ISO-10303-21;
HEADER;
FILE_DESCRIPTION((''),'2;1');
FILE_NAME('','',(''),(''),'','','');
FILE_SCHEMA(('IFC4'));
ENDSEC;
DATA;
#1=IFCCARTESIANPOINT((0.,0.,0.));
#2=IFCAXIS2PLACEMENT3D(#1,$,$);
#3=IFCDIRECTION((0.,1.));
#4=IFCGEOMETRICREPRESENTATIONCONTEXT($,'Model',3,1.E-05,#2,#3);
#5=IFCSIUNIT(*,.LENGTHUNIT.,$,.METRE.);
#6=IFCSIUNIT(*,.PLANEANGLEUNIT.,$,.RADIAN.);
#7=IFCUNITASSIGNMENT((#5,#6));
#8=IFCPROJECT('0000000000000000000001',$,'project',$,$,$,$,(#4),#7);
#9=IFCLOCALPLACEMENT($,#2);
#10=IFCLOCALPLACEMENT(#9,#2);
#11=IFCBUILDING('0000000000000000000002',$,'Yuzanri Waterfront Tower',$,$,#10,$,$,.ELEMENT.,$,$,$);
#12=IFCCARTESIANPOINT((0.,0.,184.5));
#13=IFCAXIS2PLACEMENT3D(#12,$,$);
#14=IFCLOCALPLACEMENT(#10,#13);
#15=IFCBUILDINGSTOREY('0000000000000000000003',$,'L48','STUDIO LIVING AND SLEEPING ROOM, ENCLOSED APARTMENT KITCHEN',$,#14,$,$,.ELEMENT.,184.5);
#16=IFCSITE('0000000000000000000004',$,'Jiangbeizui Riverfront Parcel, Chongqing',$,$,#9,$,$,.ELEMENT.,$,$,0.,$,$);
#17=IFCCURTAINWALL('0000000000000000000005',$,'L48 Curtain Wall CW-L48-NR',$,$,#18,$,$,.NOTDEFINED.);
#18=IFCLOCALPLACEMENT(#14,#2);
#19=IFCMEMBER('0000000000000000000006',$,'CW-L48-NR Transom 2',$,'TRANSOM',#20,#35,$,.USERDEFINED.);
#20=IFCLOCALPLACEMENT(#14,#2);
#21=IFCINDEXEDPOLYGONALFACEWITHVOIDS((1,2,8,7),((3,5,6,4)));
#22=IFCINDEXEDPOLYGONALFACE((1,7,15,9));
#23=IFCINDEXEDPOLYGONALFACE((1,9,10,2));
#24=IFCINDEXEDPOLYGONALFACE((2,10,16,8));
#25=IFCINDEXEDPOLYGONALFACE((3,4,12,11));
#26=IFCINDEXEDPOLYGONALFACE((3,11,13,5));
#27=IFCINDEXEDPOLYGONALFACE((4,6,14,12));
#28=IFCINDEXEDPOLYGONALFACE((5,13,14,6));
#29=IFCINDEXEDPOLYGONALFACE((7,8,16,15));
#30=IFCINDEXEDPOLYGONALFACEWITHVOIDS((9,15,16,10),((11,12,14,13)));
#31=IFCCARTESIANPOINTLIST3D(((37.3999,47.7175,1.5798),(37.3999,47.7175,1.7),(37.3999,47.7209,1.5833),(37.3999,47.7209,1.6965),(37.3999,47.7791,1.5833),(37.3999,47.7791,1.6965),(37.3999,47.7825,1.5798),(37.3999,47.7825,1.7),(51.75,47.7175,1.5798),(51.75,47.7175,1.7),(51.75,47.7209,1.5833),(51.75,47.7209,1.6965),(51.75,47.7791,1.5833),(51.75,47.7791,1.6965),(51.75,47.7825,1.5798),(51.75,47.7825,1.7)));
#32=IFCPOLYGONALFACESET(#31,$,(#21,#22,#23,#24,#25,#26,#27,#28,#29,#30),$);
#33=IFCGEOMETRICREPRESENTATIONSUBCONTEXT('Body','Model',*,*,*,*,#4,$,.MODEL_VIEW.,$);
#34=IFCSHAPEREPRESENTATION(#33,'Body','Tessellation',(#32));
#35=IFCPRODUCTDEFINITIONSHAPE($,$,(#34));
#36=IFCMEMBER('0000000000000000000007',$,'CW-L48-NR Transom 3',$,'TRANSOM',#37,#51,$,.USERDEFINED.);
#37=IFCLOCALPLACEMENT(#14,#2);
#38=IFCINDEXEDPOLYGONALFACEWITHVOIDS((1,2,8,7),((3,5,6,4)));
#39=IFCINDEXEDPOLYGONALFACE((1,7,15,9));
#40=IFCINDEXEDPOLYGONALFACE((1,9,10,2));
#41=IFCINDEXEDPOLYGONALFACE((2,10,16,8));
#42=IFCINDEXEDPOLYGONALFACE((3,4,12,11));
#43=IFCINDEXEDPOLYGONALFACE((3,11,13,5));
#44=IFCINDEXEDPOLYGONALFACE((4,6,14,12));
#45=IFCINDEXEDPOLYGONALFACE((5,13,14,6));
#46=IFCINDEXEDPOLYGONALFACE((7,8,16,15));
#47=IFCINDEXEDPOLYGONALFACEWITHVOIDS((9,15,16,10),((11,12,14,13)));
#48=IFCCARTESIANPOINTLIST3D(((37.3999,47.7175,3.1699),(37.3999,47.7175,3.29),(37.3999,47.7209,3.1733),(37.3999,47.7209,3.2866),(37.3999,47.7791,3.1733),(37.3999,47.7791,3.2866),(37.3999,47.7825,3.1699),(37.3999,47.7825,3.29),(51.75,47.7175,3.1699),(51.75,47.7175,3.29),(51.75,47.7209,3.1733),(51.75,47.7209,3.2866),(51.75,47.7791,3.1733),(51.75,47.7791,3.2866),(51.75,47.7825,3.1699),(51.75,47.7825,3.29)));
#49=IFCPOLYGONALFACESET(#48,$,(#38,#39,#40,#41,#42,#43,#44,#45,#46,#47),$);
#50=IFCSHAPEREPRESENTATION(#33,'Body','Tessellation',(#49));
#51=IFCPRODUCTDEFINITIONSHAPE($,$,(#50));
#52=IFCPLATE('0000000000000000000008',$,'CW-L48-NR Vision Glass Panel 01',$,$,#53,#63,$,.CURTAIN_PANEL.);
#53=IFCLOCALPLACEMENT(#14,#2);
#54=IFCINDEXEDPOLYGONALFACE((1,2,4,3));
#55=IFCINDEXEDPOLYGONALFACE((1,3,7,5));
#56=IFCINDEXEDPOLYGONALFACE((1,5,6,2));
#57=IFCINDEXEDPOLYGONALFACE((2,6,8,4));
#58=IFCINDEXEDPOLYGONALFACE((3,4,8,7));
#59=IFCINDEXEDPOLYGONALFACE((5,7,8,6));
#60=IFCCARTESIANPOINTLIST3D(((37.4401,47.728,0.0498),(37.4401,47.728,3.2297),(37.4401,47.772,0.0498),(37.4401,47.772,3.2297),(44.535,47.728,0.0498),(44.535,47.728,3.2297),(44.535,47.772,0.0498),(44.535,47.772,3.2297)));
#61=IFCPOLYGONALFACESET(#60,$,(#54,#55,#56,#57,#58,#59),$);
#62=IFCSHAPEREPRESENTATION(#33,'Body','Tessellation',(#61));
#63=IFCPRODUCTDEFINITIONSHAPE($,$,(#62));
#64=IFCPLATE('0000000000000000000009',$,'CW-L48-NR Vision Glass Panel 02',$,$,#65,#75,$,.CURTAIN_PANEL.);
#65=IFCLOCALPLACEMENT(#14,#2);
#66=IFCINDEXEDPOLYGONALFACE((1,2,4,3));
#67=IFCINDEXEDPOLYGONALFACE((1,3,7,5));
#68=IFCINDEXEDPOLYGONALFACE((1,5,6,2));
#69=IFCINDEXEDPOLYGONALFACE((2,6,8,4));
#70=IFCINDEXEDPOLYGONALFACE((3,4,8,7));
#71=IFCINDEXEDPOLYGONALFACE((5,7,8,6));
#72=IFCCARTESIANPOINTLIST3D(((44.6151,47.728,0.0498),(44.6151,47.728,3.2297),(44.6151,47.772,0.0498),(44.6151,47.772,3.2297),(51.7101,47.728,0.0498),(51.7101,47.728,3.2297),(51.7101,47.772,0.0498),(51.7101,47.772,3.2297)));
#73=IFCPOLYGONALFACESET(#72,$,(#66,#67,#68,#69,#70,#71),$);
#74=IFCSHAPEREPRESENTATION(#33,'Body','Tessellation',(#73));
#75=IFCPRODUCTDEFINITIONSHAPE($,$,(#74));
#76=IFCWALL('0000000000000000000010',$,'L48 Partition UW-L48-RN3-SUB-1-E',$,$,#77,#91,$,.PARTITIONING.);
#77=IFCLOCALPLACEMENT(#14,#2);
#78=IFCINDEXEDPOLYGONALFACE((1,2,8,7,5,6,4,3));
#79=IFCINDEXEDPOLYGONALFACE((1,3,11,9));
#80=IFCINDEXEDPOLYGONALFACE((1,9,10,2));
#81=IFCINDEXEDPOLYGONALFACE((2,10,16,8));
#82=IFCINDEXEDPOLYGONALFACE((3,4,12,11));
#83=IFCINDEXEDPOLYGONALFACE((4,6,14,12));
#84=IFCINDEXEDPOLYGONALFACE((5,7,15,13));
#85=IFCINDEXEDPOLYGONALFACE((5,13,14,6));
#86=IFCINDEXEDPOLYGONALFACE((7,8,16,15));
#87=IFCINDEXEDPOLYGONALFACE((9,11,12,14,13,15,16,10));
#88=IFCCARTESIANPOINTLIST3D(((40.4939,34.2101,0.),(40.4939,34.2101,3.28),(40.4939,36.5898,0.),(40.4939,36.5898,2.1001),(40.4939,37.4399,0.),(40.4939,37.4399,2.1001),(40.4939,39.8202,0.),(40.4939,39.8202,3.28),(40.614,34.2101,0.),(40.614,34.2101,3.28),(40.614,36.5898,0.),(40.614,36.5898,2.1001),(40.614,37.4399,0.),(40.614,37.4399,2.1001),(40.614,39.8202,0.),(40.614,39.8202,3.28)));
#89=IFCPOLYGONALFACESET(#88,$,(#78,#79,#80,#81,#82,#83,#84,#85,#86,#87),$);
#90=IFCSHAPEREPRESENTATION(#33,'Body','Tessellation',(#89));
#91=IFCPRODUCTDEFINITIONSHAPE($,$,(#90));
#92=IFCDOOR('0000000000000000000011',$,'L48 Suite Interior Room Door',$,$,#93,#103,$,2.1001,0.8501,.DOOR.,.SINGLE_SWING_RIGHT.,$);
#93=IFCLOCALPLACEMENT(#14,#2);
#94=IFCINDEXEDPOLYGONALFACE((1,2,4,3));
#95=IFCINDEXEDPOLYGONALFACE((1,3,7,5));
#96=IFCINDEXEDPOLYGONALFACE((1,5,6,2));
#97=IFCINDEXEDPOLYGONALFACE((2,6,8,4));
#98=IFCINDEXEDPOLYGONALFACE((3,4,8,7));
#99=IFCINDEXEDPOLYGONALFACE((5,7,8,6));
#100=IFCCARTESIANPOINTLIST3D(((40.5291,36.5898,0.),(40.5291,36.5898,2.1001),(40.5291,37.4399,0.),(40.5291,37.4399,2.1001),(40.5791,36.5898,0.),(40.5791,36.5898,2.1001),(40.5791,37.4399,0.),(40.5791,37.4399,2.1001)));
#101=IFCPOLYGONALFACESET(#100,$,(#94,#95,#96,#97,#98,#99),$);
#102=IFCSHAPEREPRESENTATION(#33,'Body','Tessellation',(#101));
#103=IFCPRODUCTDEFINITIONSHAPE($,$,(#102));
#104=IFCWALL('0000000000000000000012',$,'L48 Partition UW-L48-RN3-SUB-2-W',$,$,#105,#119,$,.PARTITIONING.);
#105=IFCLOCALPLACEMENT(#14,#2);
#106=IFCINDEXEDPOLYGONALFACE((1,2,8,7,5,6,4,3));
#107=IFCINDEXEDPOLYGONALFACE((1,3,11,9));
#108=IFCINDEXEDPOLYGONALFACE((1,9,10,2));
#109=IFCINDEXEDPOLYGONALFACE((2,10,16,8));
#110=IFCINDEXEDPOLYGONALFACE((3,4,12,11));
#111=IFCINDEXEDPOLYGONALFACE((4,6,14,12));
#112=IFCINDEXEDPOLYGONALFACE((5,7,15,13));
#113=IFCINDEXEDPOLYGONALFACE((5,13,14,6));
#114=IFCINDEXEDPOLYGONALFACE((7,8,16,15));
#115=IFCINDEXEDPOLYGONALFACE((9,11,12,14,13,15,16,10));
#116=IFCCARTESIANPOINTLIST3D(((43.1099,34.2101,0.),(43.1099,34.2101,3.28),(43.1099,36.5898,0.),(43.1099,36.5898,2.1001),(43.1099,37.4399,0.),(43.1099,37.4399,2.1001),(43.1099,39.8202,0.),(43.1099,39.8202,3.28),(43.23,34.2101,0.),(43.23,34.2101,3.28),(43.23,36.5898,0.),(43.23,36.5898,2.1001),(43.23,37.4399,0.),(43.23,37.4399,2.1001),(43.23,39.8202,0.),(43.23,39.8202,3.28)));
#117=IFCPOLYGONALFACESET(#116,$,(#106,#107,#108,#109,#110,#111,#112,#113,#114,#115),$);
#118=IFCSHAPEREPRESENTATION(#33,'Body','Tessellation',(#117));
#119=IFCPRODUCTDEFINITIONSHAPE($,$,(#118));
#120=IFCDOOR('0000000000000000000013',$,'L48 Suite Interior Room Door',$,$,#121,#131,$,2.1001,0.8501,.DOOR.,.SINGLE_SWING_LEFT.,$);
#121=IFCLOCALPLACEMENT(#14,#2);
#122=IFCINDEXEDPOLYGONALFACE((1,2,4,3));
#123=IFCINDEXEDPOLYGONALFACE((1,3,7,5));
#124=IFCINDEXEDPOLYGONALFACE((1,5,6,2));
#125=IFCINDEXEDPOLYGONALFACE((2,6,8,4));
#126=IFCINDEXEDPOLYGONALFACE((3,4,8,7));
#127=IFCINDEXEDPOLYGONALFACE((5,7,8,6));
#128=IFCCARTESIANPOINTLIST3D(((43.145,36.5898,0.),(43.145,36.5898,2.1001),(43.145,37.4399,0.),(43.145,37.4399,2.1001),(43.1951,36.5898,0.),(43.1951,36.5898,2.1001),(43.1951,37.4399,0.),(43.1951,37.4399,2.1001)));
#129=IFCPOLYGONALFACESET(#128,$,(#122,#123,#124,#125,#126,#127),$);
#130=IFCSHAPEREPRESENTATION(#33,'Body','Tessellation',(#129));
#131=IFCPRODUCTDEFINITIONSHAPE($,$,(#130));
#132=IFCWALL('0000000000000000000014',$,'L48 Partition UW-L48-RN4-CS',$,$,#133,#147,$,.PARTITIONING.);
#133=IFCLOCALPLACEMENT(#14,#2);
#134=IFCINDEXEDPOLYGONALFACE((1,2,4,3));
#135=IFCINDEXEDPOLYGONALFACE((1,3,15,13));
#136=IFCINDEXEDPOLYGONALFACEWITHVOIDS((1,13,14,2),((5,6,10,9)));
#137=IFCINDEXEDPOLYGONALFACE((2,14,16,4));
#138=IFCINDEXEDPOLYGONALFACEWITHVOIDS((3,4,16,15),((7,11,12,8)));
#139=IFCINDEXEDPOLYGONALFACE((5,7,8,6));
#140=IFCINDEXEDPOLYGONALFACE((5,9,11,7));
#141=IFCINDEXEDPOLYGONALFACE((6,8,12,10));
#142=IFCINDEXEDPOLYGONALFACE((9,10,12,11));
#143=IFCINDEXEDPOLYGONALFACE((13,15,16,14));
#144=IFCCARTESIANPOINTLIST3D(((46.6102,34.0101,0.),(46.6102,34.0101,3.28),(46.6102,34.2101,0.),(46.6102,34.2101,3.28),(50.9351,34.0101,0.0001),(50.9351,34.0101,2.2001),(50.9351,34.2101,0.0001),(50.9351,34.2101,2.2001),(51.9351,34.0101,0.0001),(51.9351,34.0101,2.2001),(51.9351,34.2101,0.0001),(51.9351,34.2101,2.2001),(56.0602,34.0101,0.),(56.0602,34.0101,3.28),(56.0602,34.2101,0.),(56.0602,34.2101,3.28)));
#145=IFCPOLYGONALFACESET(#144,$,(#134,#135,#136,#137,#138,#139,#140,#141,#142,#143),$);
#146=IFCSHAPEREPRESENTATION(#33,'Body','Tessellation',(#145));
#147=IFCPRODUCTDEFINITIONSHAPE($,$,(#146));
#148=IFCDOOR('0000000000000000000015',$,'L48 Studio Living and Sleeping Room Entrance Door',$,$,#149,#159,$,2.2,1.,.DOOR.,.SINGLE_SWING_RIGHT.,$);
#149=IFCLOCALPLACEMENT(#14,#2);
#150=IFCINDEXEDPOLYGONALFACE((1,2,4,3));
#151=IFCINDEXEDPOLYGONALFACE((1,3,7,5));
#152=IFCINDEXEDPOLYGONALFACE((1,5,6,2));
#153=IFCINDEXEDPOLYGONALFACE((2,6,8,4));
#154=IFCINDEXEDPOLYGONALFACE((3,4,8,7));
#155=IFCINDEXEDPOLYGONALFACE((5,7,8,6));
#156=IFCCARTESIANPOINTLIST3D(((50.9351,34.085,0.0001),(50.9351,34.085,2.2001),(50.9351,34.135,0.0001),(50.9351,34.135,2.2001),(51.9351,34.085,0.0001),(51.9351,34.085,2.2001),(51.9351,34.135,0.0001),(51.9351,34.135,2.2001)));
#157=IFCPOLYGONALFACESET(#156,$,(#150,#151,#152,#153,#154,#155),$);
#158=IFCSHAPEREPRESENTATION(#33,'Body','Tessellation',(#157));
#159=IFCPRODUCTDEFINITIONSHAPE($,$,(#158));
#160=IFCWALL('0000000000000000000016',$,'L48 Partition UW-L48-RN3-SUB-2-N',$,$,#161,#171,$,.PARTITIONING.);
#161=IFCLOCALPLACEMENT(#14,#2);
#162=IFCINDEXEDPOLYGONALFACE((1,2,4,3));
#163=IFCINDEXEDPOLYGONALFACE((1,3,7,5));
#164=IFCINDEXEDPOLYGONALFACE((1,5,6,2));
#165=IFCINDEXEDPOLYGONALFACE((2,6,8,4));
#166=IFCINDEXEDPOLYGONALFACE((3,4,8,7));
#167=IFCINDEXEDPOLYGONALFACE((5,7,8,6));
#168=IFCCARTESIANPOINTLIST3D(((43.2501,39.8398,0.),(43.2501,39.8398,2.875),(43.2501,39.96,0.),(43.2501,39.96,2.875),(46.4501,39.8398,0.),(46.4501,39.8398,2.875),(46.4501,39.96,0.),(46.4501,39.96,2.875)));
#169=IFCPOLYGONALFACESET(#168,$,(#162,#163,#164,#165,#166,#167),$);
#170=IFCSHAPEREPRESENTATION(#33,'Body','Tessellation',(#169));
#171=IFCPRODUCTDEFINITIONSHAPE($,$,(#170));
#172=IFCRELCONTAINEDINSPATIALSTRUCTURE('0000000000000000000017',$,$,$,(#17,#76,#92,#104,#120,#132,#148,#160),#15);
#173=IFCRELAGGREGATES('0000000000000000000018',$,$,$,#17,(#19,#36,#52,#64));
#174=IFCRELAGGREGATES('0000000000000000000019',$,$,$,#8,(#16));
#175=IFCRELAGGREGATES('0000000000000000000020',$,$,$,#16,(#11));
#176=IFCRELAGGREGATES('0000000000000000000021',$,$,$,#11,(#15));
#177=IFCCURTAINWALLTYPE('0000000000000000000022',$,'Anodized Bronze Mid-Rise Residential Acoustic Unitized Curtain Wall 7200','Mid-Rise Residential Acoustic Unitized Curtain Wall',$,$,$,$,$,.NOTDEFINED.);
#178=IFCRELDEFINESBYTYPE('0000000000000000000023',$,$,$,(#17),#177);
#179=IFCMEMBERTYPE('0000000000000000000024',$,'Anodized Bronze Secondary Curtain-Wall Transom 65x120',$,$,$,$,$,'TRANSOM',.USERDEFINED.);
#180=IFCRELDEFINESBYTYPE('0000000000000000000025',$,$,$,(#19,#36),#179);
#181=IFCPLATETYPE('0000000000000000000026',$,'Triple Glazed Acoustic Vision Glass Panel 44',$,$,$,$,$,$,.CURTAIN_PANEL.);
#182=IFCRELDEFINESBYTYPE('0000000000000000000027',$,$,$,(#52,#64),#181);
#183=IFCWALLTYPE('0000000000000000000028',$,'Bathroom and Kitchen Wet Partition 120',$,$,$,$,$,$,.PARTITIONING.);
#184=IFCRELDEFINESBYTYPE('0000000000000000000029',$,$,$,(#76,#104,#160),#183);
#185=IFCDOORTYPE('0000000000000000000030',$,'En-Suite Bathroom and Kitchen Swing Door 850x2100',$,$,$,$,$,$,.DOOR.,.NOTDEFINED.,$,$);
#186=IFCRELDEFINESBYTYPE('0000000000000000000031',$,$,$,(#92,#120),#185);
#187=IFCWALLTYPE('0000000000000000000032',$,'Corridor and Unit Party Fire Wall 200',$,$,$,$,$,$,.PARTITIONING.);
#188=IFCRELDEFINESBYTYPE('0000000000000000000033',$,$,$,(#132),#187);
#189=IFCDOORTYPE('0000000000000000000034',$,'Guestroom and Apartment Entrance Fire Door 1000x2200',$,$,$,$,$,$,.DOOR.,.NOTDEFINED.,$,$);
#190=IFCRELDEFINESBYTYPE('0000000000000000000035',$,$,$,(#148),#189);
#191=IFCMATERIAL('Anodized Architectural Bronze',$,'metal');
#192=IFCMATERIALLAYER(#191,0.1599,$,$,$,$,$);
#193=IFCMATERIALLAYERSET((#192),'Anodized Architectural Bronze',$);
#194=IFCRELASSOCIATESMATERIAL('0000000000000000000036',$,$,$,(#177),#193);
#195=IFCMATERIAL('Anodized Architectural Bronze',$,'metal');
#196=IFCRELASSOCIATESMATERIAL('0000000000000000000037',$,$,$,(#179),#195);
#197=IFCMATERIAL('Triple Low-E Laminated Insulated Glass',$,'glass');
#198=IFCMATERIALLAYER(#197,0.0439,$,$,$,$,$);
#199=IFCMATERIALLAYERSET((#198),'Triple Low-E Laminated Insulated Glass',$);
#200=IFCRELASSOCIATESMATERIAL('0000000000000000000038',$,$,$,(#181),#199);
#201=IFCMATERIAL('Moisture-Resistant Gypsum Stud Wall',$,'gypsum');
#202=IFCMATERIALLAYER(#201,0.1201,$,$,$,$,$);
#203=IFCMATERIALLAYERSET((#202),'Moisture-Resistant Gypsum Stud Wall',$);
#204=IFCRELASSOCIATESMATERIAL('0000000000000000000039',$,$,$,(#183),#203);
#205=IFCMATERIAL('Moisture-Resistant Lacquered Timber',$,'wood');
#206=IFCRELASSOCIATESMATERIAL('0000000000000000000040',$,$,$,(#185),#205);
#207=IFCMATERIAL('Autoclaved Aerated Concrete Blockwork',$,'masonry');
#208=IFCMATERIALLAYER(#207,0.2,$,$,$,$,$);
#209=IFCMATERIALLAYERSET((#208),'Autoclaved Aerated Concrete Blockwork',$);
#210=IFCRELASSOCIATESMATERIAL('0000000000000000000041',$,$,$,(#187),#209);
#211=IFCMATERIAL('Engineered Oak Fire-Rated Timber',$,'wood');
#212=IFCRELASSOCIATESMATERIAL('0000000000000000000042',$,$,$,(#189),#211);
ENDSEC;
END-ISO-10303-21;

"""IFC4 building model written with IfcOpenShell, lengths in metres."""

from ifc_helpers import new_model, si_unit, direction, frame, frame_2d, origin, origin_2d, place, context, subcontext, project, spatial, rectangle, hollow_rectangle, extrude, source, transform, mapped, material, layer, layer_set, material_profile, profile_set, type_object, element, fill, aggregate, save


model = new_model("IFC4")

# Units and contexts
model_context = context("Model", 3, precision=1e-05, world=origin(), true_north=direction((0.0, 1.0)))
body_context = subcontext(model_context, "Body", "Model", "MODEL_VIEW")
ifc_project = project(units=[si_unit("LENGTHUNIT", "METRE"), si_unit("PLANEANGLEUNIT", "RADIAN")], contexts=[model_context])

# Site, building, storey
site_placement = place(None, origin())
site = spatial("IfcSite", under=ifc_project, at=site_placement, Name="Jiangbeizui Riverfront Parcel, Chongqing", CompositionType="ELEMENT", RefElevation=0.0)
building_placement = place(site_placement, origin())
building = spatial("IfcBuilding", under=site, at=building_placement, Name="Yuzanri Waterfront Tower", CompositionType="ELEMENT")
storey_placement = place(building_placement, frame((0.0, 0.0, 184.5)))
storey = spatial("IfcBuildingStorey", under=building, at=storey_placement, Name="L48", Description="STUDIO LIVING AND SLEEPING ROOM, ENCLOSED APARTMENT KITCHEN", CompositionType="ELEMENT", Elevation=184.5)

# Shared definitions
ifc_material_1 = material(Name="Anodized Architectural Bronze", Category="metal")
ifc_layer_1 = layer(ifc_material_1, 0.1599)
ifc_layer_set_1 = layer_set([ifc_layer_1], Name="Anodized Architectural Bronze")
curtain_wall_type = type_object("IfcCurtainWallType", Name="Anodized Bronze Mid-Rise Residential Acoustic Unitized Curtain Wall 7200", Description="Mid-Rise Residential Acoustic Unitized Curtain Wall", PredefinedType="NOTDEFINED", material=ifc_layer_set_1)

# Curtain wall, members, plates
curtain_wall_1_placement = place(storey_placement, origin())
curtain_wall_1 = element("IfcCurtainWall", 1, at=curtain_wall_1_placement, inside=storey, type_object=curtain_wall_type, Name="L48 Curtain Wall CW-L48-NR", PredefinedType="NOTDEFINED")
ifc_material_2 = material(Name="Anodized Architectural Bronze", Category="metal")
ifc_material_profile_1 = material_profile(ifc_material_2, hollow_rectangle(XDim=0.0649, YDim=0.1201, WallThickness=0.0034, at=origin_2d()), Name="CWT 65x120")
ifc_profile_set_1 = profile_set([ifc_material_profile_1], Name="Anodized Architectural Bronze")
member_type_1 = type_object("IfcMemberType", Name="Anodized Bronze Secondary Curtain-Wall Transom 65x120", ElementType="TRANSOM", PredefinedType="USERDEFINED", material=ifc_profile_set_1)
shared_shape_1 = source(origin(), body_context, "Body", "SweptSolid", [
    extrude(hollow_rectangle(XDim=0.0649, YDim=0.1201, WallThickness=0.0034, at=origin_2d()), origin(), (0.0, 0.0, 1.0), 14.3501),
])
member_1_placement = place(storey_placement, frame((37.3999, 47.75, 1.6399), z_axis=(1.0, 0.0, 0.0), x_axis=(0.0, 1.0, 0.0)))
member_1 = element("IfcMember", 2, at=member_1_placement, type_object=member_type_1, Name="CW-L48-NR Transom 2", ObjectType="TRANSOM", PredefinedType="USERDEFINED", context=body_context, shape_type="MappedRepresentation", body=[
    mapped(shared_shape_1, transform((0.0, 0.0, 0.0), scale=1.0)),
])
member_2_placement = place(storey_placement, frame((37.3999, 47.75, 3.23), z_axis=(1.0, 0.0, 0.0), x_axis=(0.0, 1.0, 0.0)))
member_2 = element("IfcMember", 3, at=member_2_placement, type_object=member_type_1, Name="CW-L48-NR Transom 3", ObjectType="TRANSOM", PredefinedType="USERDEFINED", context=body_context, shape_type="MappedRepresentation", body=[
    mapped(shared_shape_1, transform((0.0, 0.0, 0.0), scale=1.0)),
])
ifc_material_3 = material(Name="Triple Low-E Laminated Insulated Glass", Category="glass")
ifc_layer_2 = layer(ifc_material_3, 0.0439)
ifc_layer_set_2 = layer_set([ifc_layer_2], Name="Triple Low-E Laminated Insulated Glass")
plate_type = type_object("IfcPlateType", Name="Triple Glazed Acoustic Vision Glass Panel 44", PredefinedType="CURTAIN_PANEL", material=ifc_layer_set_2)
shared_shape_2 = source(origin(), body_context, "Body", "SweptSolid", [
    extrude(rectangle(XDim=7.095, YDim=0.0439, at=origin_2d()), origin(), (0.0, 0.0, 1.0), 3.1799),
])
plate_1_placement = place(storey_placement, frame((40.9875, 47.75, 0.0498), z_axis=(0.0, 0.0, 1.0), x_axis=(1.0, 0.0, 0.0)))
plate_1 = element("IfcPlate", 4, at=plate_1_placement, type_object=plate_type, Name="CW-L48-NR Vision Glass Panel 01", PredefinedType="CURTAIN_PANEL", context=body_context, shape_type="MappedRepresentation", body=[
    mapped(shared_shape_2, transform((0.0, 0.0, 0.0), scale=1.0)),
])
plate_2_placement = place(storey_placement, frame((48.1626, 47.75, 0.0498), z_axis=(0.0, 0.0, 1.0), x_axis=(1.0, 0.0, 0.0)))
plate_2 = element("IfcPlate", 5, at=plate_2_placement, type_object=plate_type, Name="CW-L48-NR Vision Glass Panel 02", PredefinedType="CURTAIN_PANEL", context=body_context, shape_type="MappedRepresentation", body=[
    mapped(shared_shape_2, transform((0.0, 0.0, 0.0), scale=1.0)),
])
aggregate(curtain_wall_1, [member_1, member_2, plate_1, plate_2])

# Walls, openings, doors
ifc_material_4 = material(Name="Moisture-Resistant Gypsum Stud Wall", Category="gypsum")
ifc_layer_3 = layer(ifc_material_4, 0.1201)
ifc_layer_set_3 = layer_set([ifc_layer_3], Name="Moisture-Resistant Gypsum Stud Wall")
wall_type_1 = type_object("IfcWallType", Name="Bathroom and Kitchen Wet Partition 120", PredefinedType="PARTITIONING", material=ifc_layer_set_3)
wall_1_placement = place(storey_placement, frame((40.554, 34.21, 0.0), z_axis=(0.0, 0.0, 1.0), x_axis=(0.0, 1.0, 0.0)))
wall_1 = element("IfcWall", 6, at=wall_1_placement, inside=storey, type_object=wall_type_1, Name="L48 Partition UW-L48-RN3-SUB-1-E", PredefinedType="PARTITIONING", context=body_context, shape_type="SweptSolid", body=[
    extrude(rectangle(XDim=5.6101, YDim=0.1201, at=frame_2d((2.8052, 0.0))), origin(), (0.0, 0.0, 1.0), 3.28),
])
opening_1_placement = place(wall_1_placement, frame((2.3799, 0.0, 0.0)))
opening_1 = element("IfcOpeningElement", 7, at=opening_1_placement, cuts=wall_1, PredefinedType="OPENING", context=body_context, shape_type="SweptSolid", body=[
    extrude(rectangle(XDim=0.8501, YDim=2.1001, at=frame_2d((0.425, 1.05))), frame((0.0, 0.075, 0.0), z_axis=(0.0, -1.0, 0.0), x_axis=(1.0, 0.0, 0.0)), (0.0, 0.0, 1.0), 0.1499),
])
ifc_material_5 = material(Name="Moisture-Resistant Lacquered Timber", Category="wood")
door_type_1 = type_object("IfcDoorType", Name="En-Suite Bathroom and Kitchen Swing Door 850x2100", OperationType="NOTDEFINED", PredefinedType="DOOR", material=ifc_material_5)
shared_shape_3 = source(origin(), body_context, "Body", "SweptSolid", [
    extrude(rectangle(XDim=0.8501, YDim=2.1001, at=frame_2d((0.425, 1.05))), frame((0.0, 0.0249, 0.0), z_axis=(0.0, -1.0, 0.0), x_axis=(1.0, 0.0, 0.0)), (0.0, 0.0, 1.0), 0.05),
])
door_1_placement = place(opening_1_placement, origin())
door_1 = element("IfcDoor", 8, at=door_1_placement, inside=storey, type_object=door_type_1, Name="L48 Suite Interior Room Door", OperationType="SINGLE_SWING_RIGHT", OverallHeight=2.1001, OverallWidth=0.8501, PredefinedType="DOOR", context=body_context, shape_type="MappedRepresentation", body=[
    mapped(shared_shape_3, transform((0.0, 0.0, 0.0), scale=1.0)),
])
fill(opening_1, door_1)
wall_2_placement = place(storey_placement, frame((43.1699, 34.21, 0.0), z_axis=(0.0, 0.0, 1.0), x_axis=(0.0, 1.0, 0.0)))
wall_2 = element("IfcWall", 9, at=wall_2_placement, inside=storey, type_object=wall_type_1, Name="L48 Partition UW-L48-RN3-SUB-2-W", PredefinedType="PARTITIONING", context=body_context, shape_type="SweptSolid", body=[
    extrude(rectangle(XDim=5.6101, YDim=0.1201, at=frame_2d((2.8052, 0.0))), origin(), (0.0, 0.0, 1.0), 3.28),
])
opening_2_placement = place(wall_2_placement, frame((2.3799, 0.0, 0.0)))
opening_2 = element("IfcOpeningElement", 10, at=opening_2_placement, cuts=wall_2, PredefinedType="OPENING", context=body_context, shape_type="SweptSolid", body=[
    extrude(rectangle(XDim=0.8501, YDim=2.1001, at=frame_2d((0.425, 1.05))), frame((0.0, 0.075, 0.0), z_axis=(0.0, -1.0, 0.0), x_axis=(1.0, 0.0, 0.0)), (0.0, 0.0, 1.0), 0.1499),
])
door_2_placement = place(opening_2_placement, origin())
door_2 = element("IfcDoor", 11, at=door_2_placement, inside=storey, type_object=door_type_1, Name="L48 Suite Interior Room Door", OperationType="SINGLE_SWING_LEFT", OverallHeight=2.1001, OverallWidth=0.8501, PredefinedType="DOOR", context=body_context, shape_type="MappedRepresentation", body=[
    mapped(shared_shape_3, transform((0.0, 0.0, 0.0), scale=1.0)),
])
fill(opening_2, door_2)
ifc_material_6 = material(Name="Autoclaved Aerated Concrete Blockwork", Category="masonry")
ifc_layer_4 = layer(ifc_material_6, 0.2)
ifc_layer_set_4 = layer_set([ifc_layer_4], Name="Autoclaved Aerated Concrete Blockwork")
wall_type_2 = type_object("IfcWallType", Name="Corridor and Unit Party Fire Wall 200", PredefinedType="PARTITIONING", material=ifc_layer_set_4)
wall_3_placement = place(storey_placement, frame((46.6101, 34.1101, 0.0), z_axis=(0.0, 0.0, 1.0), x_axis=(1.0, 0.0, 0.0)))
wall_3 = element("IfcWall", 12, at=wall_3_placement, inside=storey, type_object=wall_type_2, Name="L48 Partition UW-L48-RN4-CS", PredefinedType="PARTITIONING", context=body_context, shape_type="SweptSolid", body=[
    extrude(rectangle(XDim=9.45, YDim=0.2, at=frame_2d((4.7251, 0.0))), origin(), (0.0, 0.0, 1.0), 3.28),
])
opening_3_placement = place(wall_3_placement, frame((4.325, 0.0, 0.0)))
opening_3 = element("IfcOpeningElement", 13, at=opening_3_placement, cuts=wall_3, PredefinedType="OPENING", context=body_context, shape_type="SweptSolid", body=[
    extrude(rectangle(XDim=1.0, YDim=2.2, at=frame_2d((0.5, 1.1001))), frame((0.0, 0.1147, 0.0), z_axis=(0.0, -1.0, 0.0), x_axis=(1.0, 0.0, 0.0)), (0.0, 0.0, 1.0), 0.2297),
])
ifc_material_7 = material(Name="Engineered Oak Fire-Rated Timber", Category="wood")
door_type_2 = type_object("IfcDoorType", Name="Guestroom and Apartment Entrance Fire Door 1000x2200", OperationType="NOTDEFINED", PredefinedType="DOOR", material=ifc_material_7)
shared_shape_4 = source(origin(), body_context, "Body", "SweptSolid", [
    extrude(rectangle(XDim=1.0, YDim=2.2, at=frame_2d((0.5, 1.1001))), frame((0.0, 0.0249, 0.0), z_axis=(0.0, -1.0, 0.0), x_axis=(1.0, 0.0, 0.0)), (0.0, 0.0, 1.0), 0.05),
])
door_3_placement = place(opening_3_placement, origin())
door_3 = element("IfcDoor", 14, at=door_3_placement, inside=storey, type_object=door_type_2, Name="L48 Studio Living and Sleeping Room Entrance Door", OperationType="SINGLE_SWING_RIGHT", OverallHeight=2.2, OverallWidth=1.0, PredefinedType="DOOR", context=body_context, shape_type="MappedRepresentation", body=[
    mapped(shared_shape_4, transform((0.0, 0.0, 0.0), scale=1.0)),
])
fill(opening_3, door_3)

# Wall
shared_shape_5 = source(origin(), body_context, "Body", "SweptSolid", [
    extrude(rectangle(XDim=3.2, YDim=0.1201, at=frame_2d((1.6001, 0.0))), origin(), (0.0, 0.0, 1.0), 2.875),
])
wall_4_placement = place(storey_placement, frame((43.25, 39.8999, 0.0), z_axis=(0.0, 0.0, 1.0), x_axis=(1.0, 0.0, 0.0)))
element("IfcWall", 15, at=wall_4_placement, inside=storey, type_object=wall_type_1, Name="L48 Partition UW-L48-RN3-SUB-2-N", PredefinedType="PARTITIONING", context=body_context, shape_type="MappedRepresentation", body=[
    mapped(shared_shape_5, transform((0.0, 0.0, 0.0), scale=1.0)),
])

save(model, "model.ifc")
